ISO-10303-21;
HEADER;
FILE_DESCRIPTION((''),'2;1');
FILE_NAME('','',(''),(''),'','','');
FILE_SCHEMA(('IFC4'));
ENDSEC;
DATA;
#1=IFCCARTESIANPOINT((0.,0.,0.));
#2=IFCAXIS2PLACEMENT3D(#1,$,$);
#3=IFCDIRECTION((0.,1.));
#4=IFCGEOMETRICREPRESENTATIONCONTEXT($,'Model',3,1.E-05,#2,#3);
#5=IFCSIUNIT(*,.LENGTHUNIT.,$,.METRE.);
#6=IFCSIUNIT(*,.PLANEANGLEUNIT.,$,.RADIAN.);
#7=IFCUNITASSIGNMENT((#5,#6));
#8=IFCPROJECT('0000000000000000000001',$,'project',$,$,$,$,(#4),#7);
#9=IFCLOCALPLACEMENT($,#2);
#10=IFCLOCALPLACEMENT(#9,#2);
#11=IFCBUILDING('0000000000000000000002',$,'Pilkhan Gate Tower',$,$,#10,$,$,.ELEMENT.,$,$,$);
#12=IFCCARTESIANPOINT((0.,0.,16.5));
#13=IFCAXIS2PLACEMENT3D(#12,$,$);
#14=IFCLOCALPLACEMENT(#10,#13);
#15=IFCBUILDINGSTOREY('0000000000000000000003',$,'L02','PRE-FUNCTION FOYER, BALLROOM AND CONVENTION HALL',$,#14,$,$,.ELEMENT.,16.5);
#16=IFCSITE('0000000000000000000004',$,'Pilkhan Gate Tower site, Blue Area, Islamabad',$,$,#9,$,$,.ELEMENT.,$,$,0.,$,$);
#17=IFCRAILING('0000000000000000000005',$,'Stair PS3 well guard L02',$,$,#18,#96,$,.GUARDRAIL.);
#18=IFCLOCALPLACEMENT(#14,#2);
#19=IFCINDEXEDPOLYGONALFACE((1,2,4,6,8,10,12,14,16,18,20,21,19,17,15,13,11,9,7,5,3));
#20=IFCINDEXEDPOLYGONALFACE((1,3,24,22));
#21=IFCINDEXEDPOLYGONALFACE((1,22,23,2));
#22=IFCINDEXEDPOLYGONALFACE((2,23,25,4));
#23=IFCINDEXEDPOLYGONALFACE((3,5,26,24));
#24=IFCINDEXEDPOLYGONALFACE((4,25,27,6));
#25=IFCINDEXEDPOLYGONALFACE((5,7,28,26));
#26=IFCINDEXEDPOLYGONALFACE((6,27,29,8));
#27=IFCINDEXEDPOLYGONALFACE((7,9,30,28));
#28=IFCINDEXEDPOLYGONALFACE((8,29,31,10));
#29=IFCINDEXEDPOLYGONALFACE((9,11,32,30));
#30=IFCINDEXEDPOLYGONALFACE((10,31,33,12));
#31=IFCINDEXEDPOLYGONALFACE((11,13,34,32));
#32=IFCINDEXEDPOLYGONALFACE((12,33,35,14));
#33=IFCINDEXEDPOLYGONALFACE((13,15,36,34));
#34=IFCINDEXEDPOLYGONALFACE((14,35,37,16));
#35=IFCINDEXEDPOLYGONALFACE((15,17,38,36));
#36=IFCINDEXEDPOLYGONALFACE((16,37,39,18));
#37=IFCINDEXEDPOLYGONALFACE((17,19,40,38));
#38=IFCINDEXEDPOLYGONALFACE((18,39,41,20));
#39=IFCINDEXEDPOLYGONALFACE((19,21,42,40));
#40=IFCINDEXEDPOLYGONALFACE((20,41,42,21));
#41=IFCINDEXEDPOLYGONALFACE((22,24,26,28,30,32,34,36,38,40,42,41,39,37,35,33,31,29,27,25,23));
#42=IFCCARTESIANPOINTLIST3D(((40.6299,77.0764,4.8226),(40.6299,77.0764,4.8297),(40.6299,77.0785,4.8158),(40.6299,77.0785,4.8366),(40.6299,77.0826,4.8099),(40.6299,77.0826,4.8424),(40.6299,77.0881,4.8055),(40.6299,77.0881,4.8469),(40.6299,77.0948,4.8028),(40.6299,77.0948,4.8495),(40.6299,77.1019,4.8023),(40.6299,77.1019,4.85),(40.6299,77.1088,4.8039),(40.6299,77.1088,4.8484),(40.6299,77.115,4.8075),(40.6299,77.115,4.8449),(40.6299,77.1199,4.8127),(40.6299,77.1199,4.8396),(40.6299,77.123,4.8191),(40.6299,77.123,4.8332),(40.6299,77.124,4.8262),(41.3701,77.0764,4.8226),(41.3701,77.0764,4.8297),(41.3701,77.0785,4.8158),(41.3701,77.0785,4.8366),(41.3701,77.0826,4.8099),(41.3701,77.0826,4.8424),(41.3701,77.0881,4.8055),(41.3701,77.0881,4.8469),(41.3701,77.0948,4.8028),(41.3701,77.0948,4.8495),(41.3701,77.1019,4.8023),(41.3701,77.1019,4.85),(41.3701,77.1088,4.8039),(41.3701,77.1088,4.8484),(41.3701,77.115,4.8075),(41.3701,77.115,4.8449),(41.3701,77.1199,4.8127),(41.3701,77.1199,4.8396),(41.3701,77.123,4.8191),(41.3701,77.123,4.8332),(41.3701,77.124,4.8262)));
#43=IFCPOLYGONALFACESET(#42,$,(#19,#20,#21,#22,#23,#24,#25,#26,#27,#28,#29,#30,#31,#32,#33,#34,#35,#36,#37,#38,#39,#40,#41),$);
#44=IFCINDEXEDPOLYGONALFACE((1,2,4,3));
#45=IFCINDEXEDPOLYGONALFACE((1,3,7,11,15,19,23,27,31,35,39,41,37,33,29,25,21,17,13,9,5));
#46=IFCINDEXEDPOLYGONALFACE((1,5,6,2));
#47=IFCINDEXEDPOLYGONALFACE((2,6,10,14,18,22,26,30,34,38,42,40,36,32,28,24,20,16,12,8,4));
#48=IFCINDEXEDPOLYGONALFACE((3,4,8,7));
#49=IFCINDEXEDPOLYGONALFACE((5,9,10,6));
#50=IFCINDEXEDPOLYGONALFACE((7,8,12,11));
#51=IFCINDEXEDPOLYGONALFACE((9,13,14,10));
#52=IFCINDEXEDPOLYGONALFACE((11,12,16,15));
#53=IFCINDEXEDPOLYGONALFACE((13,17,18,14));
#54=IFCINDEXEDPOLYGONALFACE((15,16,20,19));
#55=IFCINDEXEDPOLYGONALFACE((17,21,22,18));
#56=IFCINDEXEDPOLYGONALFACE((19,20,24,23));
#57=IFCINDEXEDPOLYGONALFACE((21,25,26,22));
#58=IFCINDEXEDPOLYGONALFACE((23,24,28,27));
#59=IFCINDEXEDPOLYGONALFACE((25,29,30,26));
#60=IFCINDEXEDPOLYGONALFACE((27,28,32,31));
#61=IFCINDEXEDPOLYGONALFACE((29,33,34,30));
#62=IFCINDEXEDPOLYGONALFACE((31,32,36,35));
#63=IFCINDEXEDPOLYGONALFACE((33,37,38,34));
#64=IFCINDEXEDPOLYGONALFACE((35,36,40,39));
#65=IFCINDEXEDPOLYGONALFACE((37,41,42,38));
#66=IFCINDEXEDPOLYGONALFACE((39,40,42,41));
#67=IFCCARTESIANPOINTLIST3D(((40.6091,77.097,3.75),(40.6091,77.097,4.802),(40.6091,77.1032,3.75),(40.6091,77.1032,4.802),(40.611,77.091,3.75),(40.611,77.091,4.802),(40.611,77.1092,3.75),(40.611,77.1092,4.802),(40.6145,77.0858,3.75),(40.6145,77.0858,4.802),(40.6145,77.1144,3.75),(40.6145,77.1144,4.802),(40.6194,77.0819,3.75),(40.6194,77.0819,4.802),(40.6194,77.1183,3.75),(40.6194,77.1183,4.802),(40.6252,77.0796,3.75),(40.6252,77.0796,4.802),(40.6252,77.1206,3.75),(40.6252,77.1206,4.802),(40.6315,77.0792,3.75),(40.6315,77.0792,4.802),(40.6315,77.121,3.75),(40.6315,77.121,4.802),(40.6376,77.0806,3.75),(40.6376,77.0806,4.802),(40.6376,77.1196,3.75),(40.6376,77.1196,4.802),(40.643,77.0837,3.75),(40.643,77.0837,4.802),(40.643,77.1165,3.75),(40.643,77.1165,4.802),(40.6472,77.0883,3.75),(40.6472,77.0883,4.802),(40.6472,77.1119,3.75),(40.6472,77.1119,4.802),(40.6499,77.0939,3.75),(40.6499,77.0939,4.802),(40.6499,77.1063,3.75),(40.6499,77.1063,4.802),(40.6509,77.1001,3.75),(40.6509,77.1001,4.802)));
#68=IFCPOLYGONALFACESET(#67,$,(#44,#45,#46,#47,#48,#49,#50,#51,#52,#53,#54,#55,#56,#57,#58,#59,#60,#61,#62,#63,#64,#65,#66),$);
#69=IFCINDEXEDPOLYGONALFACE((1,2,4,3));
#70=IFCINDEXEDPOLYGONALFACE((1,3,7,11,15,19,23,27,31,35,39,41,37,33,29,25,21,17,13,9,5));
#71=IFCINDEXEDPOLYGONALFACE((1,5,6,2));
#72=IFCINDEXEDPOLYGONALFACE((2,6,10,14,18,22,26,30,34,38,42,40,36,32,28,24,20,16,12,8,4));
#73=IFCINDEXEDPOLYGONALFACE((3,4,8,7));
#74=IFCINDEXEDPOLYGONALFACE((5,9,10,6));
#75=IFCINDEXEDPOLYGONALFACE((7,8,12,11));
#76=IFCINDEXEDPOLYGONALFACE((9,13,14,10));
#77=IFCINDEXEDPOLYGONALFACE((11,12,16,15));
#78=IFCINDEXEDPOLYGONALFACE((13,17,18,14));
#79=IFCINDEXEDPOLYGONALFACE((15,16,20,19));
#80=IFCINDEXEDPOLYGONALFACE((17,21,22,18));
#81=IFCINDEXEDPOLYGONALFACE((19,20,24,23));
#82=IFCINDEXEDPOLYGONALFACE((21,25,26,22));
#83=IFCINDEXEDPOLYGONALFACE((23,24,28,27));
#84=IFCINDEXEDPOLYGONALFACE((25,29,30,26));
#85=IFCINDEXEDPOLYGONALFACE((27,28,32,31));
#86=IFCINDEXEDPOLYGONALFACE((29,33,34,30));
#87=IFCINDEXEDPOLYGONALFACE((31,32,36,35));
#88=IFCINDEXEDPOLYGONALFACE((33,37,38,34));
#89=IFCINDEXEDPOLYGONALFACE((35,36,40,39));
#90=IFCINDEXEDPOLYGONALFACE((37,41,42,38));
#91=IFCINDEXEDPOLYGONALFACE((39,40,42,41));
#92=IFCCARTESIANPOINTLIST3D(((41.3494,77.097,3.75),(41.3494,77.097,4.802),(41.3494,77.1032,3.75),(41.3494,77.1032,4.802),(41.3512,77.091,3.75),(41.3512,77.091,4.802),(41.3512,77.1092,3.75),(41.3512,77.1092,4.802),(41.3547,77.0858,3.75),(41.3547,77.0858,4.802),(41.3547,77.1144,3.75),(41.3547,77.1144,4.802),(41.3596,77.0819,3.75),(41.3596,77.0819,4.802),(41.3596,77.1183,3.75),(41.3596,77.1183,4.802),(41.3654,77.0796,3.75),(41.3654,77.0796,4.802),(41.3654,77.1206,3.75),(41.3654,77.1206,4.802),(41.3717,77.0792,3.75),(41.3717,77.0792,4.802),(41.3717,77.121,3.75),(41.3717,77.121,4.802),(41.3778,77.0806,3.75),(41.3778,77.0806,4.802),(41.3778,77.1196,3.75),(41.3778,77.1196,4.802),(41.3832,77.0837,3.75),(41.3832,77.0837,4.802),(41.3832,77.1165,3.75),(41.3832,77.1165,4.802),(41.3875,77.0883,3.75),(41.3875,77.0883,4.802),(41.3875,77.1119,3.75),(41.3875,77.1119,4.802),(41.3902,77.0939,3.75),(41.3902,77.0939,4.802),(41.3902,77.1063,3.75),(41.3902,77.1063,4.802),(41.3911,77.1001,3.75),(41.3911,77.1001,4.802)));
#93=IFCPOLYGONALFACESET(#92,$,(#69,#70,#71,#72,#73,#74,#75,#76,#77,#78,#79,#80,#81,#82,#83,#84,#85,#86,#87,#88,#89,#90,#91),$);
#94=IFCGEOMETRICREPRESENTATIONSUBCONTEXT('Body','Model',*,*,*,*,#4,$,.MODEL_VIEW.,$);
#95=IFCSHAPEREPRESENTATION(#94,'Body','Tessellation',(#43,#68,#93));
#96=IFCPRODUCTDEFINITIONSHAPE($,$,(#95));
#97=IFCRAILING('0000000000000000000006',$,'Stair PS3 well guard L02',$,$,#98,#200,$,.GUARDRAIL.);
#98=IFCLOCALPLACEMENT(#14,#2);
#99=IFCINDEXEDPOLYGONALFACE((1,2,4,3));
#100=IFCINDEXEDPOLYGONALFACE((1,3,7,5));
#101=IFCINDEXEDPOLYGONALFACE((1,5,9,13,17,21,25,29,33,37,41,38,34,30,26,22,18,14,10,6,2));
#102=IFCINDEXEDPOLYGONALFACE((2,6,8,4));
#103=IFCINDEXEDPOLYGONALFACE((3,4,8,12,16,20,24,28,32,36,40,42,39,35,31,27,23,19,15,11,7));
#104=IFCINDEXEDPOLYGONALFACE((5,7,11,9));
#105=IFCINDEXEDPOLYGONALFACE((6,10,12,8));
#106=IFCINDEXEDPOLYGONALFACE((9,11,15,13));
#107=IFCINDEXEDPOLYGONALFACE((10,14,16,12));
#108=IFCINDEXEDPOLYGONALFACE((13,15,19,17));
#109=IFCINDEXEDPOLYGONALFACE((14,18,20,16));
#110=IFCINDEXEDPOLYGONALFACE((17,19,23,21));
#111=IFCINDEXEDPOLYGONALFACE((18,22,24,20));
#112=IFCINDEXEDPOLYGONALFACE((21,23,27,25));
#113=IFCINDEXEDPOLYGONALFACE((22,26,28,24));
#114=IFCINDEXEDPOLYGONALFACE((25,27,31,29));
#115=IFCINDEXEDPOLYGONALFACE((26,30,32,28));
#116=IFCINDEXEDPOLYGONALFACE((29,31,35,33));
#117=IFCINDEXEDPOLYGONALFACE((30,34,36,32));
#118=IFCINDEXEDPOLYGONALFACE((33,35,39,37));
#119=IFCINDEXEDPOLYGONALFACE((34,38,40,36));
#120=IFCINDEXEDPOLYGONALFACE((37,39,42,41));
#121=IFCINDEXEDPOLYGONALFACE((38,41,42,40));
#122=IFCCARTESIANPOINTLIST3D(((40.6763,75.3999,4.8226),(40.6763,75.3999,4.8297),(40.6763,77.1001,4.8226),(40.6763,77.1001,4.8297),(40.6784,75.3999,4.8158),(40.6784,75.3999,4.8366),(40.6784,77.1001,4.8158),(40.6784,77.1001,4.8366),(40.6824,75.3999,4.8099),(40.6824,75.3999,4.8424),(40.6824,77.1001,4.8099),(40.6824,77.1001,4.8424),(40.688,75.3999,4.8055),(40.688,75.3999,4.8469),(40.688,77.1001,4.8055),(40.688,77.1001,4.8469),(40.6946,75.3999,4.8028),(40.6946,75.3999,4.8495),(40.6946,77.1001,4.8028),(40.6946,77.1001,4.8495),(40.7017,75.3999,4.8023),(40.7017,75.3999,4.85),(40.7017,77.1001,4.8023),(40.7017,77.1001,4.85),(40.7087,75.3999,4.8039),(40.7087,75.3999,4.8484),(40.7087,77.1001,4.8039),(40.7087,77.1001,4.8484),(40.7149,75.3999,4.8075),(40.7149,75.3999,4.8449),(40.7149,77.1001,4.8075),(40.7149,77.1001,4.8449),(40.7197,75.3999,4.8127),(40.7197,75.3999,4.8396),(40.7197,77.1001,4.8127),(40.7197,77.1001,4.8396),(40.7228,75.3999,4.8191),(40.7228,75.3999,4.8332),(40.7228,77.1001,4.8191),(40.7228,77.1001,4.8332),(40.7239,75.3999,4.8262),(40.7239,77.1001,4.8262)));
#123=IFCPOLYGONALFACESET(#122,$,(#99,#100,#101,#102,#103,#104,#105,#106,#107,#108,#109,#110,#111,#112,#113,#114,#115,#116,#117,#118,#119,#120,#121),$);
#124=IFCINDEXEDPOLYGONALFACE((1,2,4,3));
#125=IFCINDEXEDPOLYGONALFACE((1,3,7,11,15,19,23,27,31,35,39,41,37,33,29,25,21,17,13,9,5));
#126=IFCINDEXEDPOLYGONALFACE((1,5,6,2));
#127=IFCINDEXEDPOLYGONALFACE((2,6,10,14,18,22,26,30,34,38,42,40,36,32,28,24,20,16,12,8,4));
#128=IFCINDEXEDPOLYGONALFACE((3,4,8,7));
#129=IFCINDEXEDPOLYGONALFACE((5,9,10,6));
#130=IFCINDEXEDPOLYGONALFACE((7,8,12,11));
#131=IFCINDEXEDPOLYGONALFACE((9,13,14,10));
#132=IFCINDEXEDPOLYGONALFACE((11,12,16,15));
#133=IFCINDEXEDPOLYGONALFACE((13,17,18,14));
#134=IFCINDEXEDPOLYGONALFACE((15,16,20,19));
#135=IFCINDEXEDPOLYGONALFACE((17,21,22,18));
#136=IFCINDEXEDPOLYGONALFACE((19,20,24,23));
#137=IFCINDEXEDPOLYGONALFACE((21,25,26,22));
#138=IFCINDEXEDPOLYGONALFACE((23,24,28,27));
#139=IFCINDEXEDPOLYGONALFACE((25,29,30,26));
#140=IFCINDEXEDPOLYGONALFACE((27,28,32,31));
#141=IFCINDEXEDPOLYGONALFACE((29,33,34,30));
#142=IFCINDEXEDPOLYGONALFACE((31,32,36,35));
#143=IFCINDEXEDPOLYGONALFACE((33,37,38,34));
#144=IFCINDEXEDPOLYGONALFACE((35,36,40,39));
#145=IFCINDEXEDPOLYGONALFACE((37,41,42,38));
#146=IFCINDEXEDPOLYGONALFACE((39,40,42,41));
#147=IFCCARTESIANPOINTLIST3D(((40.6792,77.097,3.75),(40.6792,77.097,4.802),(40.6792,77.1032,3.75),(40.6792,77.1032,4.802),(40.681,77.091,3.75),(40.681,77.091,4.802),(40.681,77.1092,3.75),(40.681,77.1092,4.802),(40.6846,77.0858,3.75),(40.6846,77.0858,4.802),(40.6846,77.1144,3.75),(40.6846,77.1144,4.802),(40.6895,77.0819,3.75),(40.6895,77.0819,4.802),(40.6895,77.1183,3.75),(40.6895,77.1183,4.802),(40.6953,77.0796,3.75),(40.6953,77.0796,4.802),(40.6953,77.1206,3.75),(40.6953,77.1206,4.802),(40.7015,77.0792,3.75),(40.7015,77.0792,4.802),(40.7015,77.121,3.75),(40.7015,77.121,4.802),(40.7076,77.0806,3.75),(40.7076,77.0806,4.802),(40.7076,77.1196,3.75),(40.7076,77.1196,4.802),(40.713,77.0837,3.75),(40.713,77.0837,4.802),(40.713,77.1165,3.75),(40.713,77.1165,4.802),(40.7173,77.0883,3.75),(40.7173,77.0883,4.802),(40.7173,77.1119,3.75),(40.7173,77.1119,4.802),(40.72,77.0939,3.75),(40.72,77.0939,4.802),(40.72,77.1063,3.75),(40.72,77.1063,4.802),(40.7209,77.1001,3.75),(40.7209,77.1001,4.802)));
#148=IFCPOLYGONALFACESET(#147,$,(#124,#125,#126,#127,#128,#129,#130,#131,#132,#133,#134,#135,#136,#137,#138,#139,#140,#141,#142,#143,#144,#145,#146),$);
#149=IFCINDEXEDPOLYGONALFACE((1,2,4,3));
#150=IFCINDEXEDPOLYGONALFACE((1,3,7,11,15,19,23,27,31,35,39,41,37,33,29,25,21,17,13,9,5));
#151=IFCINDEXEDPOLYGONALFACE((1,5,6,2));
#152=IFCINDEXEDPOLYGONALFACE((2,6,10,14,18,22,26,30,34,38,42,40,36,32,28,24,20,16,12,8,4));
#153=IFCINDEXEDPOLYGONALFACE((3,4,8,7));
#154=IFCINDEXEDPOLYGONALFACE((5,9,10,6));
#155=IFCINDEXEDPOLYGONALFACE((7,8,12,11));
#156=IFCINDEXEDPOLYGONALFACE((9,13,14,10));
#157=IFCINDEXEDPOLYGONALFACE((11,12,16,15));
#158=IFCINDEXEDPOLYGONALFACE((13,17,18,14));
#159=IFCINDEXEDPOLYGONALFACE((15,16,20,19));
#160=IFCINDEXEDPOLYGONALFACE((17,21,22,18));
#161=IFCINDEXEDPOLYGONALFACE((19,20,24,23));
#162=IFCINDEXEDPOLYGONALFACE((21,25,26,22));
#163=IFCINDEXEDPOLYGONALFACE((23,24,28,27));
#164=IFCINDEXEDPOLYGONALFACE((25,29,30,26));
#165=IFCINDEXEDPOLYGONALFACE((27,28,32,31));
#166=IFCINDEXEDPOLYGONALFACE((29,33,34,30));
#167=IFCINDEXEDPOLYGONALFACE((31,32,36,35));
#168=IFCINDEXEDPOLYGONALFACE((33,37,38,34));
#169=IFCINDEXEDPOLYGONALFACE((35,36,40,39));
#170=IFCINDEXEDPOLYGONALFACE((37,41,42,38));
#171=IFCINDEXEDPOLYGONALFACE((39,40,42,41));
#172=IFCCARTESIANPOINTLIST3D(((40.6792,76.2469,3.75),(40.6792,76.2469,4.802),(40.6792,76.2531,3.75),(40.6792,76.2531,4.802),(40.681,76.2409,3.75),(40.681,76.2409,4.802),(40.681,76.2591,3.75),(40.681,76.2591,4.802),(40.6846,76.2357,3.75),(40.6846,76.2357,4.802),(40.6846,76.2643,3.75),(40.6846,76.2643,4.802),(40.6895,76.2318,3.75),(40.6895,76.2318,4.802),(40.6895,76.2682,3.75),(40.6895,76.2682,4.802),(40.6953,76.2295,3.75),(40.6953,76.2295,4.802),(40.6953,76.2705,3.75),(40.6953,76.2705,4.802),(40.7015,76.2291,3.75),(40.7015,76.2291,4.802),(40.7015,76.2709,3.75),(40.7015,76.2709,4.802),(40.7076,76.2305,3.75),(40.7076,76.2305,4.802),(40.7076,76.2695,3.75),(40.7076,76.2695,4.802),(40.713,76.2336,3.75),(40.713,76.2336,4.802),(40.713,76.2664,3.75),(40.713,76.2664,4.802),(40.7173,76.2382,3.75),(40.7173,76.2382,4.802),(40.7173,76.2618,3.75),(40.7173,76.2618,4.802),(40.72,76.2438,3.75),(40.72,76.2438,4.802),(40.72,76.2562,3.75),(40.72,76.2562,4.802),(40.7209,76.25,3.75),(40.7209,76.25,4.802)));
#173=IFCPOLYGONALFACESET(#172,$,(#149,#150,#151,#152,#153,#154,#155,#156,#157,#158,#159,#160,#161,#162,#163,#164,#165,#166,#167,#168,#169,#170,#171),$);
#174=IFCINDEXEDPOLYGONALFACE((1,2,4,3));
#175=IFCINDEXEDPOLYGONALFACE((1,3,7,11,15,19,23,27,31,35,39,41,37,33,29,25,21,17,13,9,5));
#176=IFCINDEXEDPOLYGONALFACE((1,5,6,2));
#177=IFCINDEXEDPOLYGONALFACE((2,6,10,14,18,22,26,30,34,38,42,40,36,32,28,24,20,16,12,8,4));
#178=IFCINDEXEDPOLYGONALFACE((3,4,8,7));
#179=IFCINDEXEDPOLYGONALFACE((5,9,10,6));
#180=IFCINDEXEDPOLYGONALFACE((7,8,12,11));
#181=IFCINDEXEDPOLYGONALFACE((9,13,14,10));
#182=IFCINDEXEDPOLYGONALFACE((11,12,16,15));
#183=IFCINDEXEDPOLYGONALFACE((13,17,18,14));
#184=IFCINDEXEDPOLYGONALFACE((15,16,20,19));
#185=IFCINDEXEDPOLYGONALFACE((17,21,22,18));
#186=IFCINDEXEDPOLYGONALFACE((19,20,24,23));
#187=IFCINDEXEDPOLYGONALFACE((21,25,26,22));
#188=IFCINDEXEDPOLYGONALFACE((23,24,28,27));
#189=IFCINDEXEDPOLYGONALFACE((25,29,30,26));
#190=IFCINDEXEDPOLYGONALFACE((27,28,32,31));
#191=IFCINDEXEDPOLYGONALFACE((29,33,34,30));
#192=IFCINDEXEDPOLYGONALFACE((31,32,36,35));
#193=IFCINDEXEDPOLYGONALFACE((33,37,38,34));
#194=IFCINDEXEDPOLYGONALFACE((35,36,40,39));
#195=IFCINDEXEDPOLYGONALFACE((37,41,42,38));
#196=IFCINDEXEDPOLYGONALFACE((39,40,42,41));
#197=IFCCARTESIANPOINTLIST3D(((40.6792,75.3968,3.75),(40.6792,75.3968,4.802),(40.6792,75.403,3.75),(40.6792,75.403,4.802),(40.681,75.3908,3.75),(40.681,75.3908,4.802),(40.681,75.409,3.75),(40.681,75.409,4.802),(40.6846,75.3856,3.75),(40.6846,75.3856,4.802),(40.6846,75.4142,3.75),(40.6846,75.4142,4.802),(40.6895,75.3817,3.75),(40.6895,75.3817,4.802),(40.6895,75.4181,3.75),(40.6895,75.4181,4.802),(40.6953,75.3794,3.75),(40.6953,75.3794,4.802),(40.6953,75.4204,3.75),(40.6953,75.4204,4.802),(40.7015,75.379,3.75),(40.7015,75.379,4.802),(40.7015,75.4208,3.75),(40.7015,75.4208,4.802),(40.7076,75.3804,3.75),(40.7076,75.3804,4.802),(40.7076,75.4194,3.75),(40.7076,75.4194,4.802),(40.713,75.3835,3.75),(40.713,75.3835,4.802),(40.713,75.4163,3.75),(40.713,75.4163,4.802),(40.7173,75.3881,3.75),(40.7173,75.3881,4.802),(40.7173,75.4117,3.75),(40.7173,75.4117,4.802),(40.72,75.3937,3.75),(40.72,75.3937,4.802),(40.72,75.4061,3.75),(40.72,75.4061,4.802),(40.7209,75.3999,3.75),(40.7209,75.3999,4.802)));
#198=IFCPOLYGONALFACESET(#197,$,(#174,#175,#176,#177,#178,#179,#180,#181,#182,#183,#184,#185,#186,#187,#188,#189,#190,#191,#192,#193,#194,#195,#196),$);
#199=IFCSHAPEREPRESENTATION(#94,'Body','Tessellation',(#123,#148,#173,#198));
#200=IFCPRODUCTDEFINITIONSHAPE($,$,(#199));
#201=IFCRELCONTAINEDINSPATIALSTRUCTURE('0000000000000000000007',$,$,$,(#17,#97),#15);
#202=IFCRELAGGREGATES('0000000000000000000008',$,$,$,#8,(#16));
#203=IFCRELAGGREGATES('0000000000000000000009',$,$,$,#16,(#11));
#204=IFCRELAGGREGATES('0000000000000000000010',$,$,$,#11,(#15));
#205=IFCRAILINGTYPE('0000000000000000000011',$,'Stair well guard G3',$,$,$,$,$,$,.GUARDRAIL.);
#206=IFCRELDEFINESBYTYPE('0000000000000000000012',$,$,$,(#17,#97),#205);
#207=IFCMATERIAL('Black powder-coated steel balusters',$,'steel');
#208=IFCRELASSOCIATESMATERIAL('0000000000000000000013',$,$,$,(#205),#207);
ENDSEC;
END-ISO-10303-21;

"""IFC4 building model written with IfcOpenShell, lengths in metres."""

from ifc_helpers import new_model, si_unit, direction, frame, origin, origin_2d, place, context, subcontext, project, spatial, circle, extrude, material, type_object, element, save


model = new_model("IFC4")

# Units and contexts
model_context = context("Model", 3, precision=1e-05, world=origin(), true_north=direction((0.0, 1.0)))
body_context = subcontext(model_context, "Body", "Model", "MODEL_VIEW")
ifc_project = project(units=[si_unit("LENGTHUNIT", "METRE"), si_unit("PLANEANGLEUNIT", "RADIAN")], contexts=[model_context])

# Site, building, storey
site_placement = place(None, origin())
site = spatial("IfcSite", under=ifc_project, at=site_placement, Name="Pilkhan Gate Tower site, Blue Area, Islamabad", CompositionType="ELEMENT", RefElevation=0.0)
building_placement = place(site_placement, origin())
building = spatial("IfcBuilding", under=site, at=building_placement, Name="Pilkhan Gate Tower", CompositionType="ELEMENT")
storey_placement = place(building_placement, frame((0.0, 0.0, 16.5)))
storey = spatial("IfcBuildingStorey", under=building, at=storey_placement, Name="L02", Description="PRE-FUNCTION FOYER, BALLROOM AND CONVENTION HALL", CompositionType="ELEMENT", Elevation=16.5)

# Railings
ifc_material_1 = material(Name="Black powder-coated steel balusters", Category="steel")
railing_type_1 = type_object("IfcRailingType", Name="Stair well guard G3", PredefinedType="GUARDRAIL", material=ifc_material_1)
railing_1_placement = place(storey_placement, frame((40.6299, 77.1001, 3.75)))
element("IfcRailing", 1, at=railing_1_placement, inside=storey, type_object=railing_type_1, Name="Stair PS3 well guard L02", PredefinedType="GUARDRAIL", context=body_context, shape_type="SweptSolid", body=[
    extrude(circle(Radius=0.0239, at=origin_2d()), frame((0.0, 0.0, 1.0762), z_axis=(1.0, 0.0, 0.0), x_axis=(0.0, 1.0, 0.0)), (0.0, 0.0, 1.0), 0.7402),
    extrude(circle(Radius=0.021, at=origin_2d()), origin(), (0.0, 0.0, 1.0), 1.052),
    extrude(circle(Radius=0.021, at=origin_2d()), frame((0.7402, 0.0, 0.0)), (0.0, 0.0, 1.0), 1.052),
])
railing_2_placement = place(storey_placement, frame((40.7, 77.1001, 3.75)))
element("IfcRailing", 2, at=railing_2_placement, inside=storey, type_object=railing_type_1, Name="Stair PS3 well guard L02", PredefinedType="GUARDRAIL", context=body_context, shape_type="SweptSolid", body=[
    extrude(circle(Radius=0.0239, at=origin_2d()), frame((0.0, 0.0, 1.0762), z_axis=(0.0, -1.0, 0.0), x_axis=(1.0, 0.0, 0.0)), (0.0, 0.0, 1.0), 1.7002),
    extrude(circle(Radius=0.021, at=origin_2d()), origin(), (0.0, 0.0, 1.0), 1.052),
    extrude(circle(Radius=0.021, at=origin_2d()), frame((0.0, -0.8501, 0.0)), (0.0, 0.0, 1.0), 1.052),
    extrude(circle(Radius=0.021, at=origin_2d()), frame((0.0, -1.7002, 0.0)), (0.0, 0.0, 1.0), 1.052),
])

save(model, "model.ifc")
